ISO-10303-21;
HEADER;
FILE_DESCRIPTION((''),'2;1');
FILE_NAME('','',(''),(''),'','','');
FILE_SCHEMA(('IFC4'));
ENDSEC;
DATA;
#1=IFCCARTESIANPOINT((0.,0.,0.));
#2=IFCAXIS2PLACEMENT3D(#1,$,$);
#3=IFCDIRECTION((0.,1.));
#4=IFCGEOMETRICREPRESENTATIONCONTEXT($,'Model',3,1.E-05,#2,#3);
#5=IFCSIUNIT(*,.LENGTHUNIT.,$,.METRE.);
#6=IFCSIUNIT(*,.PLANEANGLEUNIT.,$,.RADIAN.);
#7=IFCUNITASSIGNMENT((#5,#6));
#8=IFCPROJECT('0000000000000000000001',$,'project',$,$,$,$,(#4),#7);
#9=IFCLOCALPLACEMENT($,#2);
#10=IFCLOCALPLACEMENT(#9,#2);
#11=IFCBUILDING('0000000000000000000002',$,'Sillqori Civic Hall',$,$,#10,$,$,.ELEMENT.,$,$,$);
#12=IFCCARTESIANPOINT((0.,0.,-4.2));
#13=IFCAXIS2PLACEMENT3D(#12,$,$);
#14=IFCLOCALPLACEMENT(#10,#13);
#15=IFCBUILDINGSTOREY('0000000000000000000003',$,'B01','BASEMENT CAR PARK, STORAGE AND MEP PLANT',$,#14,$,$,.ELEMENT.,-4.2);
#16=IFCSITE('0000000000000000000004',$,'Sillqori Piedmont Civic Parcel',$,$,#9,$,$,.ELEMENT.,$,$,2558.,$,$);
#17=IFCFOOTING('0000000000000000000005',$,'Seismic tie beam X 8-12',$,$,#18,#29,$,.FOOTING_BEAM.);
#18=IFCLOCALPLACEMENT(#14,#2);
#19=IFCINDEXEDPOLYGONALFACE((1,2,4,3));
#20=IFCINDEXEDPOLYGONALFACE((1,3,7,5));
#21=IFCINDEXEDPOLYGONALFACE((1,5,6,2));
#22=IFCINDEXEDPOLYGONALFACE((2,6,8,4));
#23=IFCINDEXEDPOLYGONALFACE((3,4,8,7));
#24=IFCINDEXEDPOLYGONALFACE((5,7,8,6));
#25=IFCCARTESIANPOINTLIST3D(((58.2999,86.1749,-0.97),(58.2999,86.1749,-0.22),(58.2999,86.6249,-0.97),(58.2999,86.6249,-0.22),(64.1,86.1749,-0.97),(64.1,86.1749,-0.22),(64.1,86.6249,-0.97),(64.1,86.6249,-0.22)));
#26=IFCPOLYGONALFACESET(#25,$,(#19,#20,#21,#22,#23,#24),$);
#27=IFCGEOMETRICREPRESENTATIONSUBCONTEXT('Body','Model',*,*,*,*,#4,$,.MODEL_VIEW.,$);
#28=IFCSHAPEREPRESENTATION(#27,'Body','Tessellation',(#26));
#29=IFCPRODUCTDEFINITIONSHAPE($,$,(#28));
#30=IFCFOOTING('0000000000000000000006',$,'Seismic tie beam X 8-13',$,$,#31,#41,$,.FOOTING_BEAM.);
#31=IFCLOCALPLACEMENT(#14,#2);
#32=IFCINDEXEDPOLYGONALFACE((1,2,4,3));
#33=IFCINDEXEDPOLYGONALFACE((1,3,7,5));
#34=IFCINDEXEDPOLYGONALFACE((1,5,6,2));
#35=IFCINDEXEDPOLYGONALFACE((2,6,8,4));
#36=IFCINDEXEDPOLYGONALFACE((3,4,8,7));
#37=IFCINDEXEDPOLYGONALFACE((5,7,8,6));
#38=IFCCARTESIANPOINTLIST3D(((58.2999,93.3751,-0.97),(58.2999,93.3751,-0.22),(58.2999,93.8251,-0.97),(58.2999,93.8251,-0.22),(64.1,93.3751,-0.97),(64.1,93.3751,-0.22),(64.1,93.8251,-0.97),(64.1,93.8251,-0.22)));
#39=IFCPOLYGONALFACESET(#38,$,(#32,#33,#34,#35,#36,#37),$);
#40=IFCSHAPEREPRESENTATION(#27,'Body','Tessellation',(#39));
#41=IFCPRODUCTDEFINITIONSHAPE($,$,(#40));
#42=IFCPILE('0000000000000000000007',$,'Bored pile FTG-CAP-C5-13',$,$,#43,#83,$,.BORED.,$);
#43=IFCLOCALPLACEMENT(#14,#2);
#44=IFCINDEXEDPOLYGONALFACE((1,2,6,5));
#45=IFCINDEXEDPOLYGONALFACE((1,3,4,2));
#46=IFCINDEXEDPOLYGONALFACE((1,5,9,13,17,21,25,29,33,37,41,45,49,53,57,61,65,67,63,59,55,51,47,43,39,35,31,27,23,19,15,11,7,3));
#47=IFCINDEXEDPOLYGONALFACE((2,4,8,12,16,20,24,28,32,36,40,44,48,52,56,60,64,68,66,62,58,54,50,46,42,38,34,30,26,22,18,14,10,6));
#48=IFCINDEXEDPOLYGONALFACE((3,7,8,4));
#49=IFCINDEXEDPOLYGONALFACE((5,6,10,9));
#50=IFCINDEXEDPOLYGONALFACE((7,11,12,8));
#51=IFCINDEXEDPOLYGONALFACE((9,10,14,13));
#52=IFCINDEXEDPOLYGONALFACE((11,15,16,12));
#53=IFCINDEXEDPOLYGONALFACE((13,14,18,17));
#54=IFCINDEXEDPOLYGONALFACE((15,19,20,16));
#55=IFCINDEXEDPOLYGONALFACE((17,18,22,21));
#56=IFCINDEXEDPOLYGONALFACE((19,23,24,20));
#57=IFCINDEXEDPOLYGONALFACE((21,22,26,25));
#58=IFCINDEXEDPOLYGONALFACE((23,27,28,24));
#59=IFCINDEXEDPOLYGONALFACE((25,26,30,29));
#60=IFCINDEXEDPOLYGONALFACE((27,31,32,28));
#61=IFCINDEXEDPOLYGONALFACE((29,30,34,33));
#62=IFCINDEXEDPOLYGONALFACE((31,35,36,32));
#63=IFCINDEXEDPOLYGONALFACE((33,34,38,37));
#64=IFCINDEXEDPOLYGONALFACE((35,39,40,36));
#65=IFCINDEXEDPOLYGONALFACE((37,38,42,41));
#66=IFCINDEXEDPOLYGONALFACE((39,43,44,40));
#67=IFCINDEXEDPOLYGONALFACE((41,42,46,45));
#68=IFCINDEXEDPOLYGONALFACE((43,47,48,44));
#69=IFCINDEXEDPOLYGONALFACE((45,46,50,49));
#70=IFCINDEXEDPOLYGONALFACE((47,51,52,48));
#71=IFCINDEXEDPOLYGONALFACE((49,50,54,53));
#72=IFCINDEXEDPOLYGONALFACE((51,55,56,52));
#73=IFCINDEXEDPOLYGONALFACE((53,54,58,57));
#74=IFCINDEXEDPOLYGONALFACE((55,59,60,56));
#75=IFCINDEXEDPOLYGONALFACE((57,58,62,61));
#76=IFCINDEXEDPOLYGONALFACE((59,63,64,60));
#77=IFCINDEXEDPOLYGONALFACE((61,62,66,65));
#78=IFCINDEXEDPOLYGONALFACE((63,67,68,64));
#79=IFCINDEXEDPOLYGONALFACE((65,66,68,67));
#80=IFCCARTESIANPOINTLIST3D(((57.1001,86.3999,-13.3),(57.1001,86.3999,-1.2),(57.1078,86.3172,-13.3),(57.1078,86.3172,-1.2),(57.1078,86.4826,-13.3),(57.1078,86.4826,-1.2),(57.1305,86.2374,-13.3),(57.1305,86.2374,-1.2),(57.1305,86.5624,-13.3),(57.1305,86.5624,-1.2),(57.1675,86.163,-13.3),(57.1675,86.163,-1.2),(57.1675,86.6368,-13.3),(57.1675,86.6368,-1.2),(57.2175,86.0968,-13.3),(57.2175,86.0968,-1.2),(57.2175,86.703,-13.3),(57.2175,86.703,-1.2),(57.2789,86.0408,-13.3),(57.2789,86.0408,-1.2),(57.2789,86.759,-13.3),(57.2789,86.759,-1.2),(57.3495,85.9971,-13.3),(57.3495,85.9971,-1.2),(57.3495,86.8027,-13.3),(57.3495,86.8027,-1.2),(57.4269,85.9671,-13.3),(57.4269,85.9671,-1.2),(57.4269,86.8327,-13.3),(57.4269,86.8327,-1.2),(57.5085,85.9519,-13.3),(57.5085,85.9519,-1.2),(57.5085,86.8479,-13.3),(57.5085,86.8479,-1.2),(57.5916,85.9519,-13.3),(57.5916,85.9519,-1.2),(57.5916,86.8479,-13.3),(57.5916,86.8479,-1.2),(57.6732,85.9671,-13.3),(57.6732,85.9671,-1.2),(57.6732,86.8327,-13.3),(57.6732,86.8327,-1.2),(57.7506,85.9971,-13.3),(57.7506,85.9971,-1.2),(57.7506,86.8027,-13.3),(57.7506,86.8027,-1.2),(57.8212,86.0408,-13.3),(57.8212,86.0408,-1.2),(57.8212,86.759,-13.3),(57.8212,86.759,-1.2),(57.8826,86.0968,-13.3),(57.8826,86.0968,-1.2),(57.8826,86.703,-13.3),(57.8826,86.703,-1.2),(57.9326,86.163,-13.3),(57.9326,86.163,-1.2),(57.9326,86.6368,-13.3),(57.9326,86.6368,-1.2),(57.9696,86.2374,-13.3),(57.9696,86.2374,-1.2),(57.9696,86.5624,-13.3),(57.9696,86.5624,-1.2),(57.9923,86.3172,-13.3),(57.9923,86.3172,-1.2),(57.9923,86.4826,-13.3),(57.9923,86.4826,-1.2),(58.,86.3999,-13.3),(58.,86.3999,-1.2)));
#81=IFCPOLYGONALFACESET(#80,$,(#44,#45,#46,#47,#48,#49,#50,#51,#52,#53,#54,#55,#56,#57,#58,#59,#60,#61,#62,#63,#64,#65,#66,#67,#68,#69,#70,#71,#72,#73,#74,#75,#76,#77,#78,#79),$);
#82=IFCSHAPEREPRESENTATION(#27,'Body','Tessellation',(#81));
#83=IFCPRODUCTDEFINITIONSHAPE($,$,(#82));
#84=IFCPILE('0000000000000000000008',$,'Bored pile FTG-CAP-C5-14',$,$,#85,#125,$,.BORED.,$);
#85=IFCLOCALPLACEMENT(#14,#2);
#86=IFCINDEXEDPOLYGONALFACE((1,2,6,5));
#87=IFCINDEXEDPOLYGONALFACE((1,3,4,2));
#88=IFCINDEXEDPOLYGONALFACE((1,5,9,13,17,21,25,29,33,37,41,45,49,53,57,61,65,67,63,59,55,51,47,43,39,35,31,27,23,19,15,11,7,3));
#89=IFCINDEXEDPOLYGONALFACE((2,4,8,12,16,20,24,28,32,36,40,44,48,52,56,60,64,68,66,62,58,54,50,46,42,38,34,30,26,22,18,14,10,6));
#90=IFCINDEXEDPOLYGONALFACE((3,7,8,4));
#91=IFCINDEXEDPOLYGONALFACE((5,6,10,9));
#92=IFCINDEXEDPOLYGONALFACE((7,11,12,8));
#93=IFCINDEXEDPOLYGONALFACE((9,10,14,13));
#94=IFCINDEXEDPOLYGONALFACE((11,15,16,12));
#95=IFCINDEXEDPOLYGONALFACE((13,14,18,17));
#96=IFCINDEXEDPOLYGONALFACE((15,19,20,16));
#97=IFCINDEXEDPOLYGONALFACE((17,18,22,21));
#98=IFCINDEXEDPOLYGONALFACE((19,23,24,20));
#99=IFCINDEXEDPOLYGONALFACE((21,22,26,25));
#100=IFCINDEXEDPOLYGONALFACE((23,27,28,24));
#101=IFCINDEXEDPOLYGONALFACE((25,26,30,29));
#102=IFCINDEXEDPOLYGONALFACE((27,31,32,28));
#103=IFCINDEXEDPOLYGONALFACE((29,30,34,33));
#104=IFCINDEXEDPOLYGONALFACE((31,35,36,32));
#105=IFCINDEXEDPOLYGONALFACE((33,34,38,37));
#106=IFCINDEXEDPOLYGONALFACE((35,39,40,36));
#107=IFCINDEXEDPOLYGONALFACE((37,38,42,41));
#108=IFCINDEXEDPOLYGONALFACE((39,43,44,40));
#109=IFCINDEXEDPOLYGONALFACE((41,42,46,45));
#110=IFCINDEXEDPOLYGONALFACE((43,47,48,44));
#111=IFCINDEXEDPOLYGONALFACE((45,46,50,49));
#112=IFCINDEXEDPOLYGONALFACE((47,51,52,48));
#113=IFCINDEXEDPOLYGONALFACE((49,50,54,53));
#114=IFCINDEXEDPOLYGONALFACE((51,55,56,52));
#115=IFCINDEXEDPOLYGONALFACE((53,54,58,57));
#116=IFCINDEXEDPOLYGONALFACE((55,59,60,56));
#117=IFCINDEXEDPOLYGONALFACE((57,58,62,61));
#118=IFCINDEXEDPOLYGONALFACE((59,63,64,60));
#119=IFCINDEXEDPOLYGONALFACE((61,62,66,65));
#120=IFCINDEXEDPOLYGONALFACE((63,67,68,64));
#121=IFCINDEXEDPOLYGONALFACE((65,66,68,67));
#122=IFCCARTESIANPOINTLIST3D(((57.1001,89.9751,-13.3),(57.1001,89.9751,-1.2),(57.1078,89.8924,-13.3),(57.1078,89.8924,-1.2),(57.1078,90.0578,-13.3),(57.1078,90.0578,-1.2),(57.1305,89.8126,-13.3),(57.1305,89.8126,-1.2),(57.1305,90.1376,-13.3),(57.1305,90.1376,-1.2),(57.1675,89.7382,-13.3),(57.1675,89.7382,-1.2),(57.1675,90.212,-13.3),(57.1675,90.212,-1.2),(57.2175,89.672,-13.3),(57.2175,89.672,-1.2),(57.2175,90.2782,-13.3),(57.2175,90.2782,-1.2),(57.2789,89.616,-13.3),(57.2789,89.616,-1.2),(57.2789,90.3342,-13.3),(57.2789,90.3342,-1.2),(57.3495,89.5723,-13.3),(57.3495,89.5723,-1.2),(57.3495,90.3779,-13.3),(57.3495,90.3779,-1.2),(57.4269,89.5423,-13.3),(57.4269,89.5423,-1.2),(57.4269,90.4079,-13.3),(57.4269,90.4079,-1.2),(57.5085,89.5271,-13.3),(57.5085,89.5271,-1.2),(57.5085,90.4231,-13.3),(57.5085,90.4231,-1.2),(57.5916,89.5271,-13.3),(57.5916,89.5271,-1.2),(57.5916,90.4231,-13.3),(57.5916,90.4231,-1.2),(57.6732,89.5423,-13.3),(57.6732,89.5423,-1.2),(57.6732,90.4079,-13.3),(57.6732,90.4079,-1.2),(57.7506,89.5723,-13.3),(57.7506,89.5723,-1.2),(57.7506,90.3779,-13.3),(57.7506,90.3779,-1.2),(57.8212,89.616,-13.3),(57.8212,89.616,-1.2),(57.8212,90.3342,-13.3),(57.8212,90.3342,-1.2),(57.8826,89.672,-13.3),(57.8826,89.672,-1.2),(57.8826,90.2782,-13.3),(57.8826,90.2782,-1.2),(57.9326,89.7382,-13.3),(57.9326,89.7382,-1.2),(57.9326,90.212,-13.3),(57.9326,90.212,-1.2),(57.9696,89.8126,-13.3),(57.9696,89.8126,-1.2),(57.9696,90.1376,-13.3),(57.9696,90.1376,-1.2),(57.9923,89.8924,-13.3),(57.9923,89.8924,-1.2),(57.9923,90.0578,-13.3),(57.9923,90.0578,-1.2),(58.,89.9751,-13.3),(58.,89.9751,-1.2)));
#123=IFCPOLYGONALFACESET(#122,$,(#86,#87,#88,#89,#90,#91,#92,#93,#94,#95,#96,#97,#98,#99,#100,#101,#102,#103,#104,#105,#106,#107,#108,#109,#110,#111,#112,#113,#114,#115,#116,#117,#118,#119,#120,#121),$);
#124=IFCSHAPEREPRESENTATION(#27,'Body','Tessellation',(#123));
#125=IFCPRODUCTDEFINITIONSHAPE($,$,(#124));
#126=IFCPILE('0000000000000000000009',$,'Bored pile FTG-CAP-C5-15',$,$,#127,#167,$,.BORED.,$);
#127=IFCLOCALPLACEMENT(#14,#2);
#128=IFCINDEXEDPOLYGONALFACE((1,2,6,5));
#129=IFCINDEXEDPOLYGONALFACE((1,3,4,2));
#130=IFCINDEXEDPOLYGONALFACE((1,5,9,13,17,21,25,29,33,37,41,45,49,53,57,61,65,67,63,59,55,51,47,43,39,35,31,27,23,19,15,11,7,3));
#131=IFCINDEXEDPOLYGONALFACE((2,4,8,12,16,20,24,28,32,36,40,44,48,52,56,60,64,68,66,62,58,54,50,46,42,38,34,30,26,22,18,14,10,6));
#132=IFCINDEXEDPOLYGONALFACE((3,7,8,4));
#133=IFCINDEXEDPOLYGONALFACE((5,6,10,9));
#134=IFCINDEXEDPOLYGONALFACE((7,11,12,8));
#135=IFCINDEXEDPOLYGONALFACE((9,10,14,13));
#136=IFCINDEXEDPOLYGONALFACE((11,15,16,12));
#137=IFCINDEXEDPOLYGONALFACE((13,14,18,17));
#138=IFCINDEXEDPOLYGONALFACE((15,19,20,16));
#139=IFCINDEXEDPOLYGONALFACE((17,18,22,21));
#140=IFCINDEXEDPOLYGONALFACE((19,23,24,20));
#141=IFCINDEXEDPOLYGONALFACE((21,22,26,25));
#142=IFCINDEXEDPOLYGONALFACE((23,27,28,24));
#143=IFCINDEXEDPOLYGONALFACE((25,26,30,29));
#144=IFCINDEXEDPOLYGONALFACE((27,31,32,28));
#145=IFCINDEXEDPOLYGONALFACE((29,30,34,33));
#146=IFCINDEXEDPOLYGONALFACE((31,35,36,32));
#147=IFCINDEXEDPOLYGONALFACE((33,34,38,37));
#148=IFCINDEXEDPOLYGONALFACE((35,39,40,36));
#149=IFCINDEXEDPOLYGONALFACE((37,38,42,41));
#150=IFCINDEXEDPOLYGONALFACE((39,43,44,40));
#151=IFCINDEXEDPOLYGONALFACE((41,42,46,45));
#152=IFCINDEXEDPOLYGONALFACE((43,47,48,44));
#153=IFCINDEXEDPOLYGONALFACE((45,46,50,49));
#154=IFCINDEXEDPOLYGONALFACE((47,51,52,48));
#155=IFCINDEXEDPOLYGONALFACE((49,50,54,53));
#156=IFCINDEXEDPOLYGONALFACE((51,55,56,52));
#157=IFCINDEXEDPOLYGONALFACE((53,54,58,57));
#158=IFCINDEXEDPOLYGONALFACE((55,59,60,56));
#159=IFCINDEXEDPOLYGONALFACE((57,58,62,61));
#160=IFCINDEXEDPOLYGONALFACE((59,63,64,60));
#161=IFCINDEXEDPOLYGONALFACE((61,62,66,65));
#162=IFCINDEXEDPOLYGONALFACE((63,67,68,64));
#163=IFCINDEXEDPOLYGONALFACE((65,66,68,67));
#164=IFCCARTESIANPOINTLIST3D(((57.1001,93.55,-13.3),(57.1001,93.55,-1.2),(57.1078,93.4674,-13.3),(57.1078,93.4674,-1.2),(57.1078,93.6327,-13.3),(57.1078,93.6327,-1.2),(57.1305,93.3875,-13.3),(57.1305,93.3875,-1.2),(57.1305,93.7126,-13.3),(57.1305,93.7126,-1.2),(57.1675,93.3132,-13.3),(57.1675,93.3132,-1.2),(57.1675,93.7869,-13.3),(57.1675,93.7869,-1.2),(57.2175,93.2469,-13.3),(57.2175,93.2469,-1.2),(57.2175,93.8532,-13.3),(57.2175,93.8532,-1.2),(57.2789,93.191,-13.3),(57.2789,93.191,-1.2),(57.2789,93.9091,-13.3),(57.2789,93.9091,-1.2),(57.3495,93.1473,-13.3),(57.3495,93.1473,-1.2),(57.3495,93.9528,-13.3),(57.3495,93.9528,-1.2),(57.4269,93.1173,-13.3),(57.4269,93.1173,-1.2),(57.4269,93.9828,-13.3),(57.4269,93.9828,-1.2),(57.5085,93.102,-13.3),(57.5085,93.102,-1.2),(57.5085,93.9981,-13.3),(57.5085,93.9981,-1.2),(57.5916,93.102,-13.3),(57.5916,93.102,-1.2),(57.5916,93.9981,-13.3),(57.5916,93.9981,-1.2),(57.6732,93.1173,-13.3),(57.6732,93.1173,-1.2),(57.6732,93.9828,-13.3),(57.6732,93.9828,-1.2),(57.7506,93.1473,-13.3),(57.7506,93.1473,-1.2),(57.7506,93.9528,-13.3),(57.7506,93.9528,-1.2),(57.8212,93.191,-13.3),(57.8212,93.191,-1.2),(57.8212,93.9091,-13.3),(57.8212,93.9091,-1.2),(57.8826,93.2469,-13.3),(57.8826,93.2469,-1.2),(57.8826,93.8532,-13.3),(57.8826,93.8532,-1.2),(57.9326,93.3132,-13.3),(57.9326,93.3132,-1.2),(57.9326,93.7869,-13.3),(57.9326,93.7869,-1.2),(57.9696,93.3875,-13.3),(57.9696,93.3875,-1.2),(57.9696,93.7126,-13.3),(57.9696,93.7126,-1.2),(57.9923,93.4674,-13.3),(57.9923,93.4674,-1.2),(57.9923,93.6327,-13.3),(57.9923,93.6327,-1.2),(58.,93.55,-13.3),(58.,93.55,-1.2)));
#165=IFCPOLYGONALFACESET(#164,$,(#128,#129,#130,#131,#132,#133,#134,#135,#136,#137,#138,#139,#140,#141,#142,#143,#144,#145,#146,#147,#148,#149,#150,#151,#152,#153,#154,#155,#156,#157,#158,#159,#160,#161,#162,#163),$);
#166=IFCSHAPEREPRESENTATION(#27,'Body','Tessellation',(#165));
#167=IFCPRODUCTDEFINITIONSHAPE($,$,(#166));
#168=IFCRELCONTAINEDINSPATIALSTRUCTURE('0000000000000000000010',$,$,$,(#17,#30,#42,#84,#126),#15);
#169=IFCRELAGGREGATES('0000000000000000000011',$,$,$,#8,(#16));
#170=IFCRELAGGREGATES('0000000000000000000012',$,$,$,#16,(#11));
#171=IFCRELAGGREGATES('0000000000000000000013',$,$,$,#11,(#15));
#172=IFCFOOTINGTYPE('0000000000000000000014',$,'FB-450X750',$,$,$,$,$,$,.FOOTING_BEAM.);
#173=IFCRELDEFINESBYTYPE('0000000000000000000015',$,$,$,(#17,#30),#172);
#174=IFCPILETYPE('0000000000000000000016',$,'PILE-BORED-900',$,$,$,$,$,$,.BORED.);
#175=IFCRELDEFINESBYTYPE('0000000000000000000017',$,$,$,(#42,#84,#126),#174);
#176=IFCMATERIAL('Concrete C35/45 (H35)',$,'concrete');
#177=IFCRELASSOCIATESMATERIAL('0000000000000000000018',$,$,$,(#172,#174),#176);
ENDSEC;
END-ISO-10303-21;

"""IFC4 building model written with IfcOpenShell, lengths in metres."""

from ifc_helpers import new_model, si_unit, direction, frame, origin, origin_2d, place, context, subcontext, project, spatial, rectangle, circle, extrude, material, material_profile, profile_set, type_object, element, save


model = new_model("IFC4")

# Units and contexts
model_context = context("Model", 3, precision=1e-05, world=origin(), true_north=direction((0.0, 1.0)))
body_context = subcontext(model_context, "Body", "Model", "MODEL_VIEW")
ifc_project = project(units=[si_unit("LENGTHUNIT", "METRE"), si_unit("PLANEANGLEUNIT", "RADIAN")], contexts=[model_context])

# Site, building, storey
site_placement = place(None, origin())
site = spatial("IfcSite", under=ifc_project, at=site_placement, Name="Sillqori Piedmont Civic Parcel", CompositionType="ELEMENT", RefElevation=2558.0)
building_placement = place(site_placement, origin())
building = spatial("IfcBuilding", under=site, at=building_placement, Name="Sillqori Civic Hall", CompositionType="ELEMENT")
storey_placement = place(building_placement, frame((0.0, 0.0, -4.2)))
storey = spatial("IfcBuildingStorey", under=building, at=storey_placement, Name="B01", Description="BASEMENT CAR PARK, STORAGE AND MEP PLANT", CompositionType="ELEMENT", Elevation=-4.2)

# Footings
ifc_material_1 = material(Name="Concrete C35/45 (H35)", Category="concrete")
footing_type = type_object("IfcFootingType", Name="FB-450X750", PredefinedType="FOOTING_BEAM", material=ifc_material_1)
for number, where, z_axis, x_axis, name in (
    (1, (61.2, 86.3999, -0.97), (0.0, 0.0, 1.0), (1.0, 0.0, 0.0), "Seismic tie beam X 8-12"),
    (2, (61.2, 93.6001, -0.97), (0.0, 0.0, 1.0), (1.0, 0.0, 0.0), "Seismic tie beam X 8-13"),
):
    element("IfcFooting", number, at=place(storey_placement, frame(where, z_axis=z_axis, x_axis=x_axis)), inside=storey, type_object=footing_type, Name=name, PredefinedType="FOOTING_BEAM", context=body_context, shape_type="SweptSolid", body=[
        extrude(rectangle(XDim=5.8, YDim=0.45, at=origin_2d()), origin(), (0.0, 0.0, 1.0), 0.75),
    ])

# Piles
ifc_material_profile_1 = material_profile(ifc_material_1, circle(Radius=0.45, at=origin_2d()), Name="BORED PILE 900")
ifc_profile_set_1 = profile_set([ifc_material_profile_1], Name="Concrete C35/45 (H35)")
pile_type = type_object("IfcPileType", Name="PILE-BORED-900", PredefinedType="BORED", material=ifc_profile_set_1)
for number, where, z_axis, x_axis, name in (
    (3, (57.55, 86.3999, -1.2), (0.0, 0.0, -1.0), (1.0, 0.0, 0.0), "Bored pile FTG-CAP-C5-13"),
    (4, (57.55, 89.9751, -1.2), (0.0, 0.0, -1.0), (1.0, 0.0, 0.0), "Bored pile FTG-CAP-C5-14"),
    (5, (57.55, 93.55, -1.2), (0.0, 0.0, -1.0), (1.0, 0.0, 0.0), "Bored pile FTG-CAP-C5-15"),
):
    element("IfcPile", number, at=place(storey_placement, frame(where, z_axis=z_axis, x_axis=x_axis)), inside=storey, type_object=pile_type, Name=name, PredefinedType="BORED", context=body_context, shape_type="SweptSolid", body=[
        extrude(circle(Radius=0.45, at=origin_2d()), origin(), (0.0, 0.0, 1.0), 12.1001),
    ])

save(model, "model.ifc")
